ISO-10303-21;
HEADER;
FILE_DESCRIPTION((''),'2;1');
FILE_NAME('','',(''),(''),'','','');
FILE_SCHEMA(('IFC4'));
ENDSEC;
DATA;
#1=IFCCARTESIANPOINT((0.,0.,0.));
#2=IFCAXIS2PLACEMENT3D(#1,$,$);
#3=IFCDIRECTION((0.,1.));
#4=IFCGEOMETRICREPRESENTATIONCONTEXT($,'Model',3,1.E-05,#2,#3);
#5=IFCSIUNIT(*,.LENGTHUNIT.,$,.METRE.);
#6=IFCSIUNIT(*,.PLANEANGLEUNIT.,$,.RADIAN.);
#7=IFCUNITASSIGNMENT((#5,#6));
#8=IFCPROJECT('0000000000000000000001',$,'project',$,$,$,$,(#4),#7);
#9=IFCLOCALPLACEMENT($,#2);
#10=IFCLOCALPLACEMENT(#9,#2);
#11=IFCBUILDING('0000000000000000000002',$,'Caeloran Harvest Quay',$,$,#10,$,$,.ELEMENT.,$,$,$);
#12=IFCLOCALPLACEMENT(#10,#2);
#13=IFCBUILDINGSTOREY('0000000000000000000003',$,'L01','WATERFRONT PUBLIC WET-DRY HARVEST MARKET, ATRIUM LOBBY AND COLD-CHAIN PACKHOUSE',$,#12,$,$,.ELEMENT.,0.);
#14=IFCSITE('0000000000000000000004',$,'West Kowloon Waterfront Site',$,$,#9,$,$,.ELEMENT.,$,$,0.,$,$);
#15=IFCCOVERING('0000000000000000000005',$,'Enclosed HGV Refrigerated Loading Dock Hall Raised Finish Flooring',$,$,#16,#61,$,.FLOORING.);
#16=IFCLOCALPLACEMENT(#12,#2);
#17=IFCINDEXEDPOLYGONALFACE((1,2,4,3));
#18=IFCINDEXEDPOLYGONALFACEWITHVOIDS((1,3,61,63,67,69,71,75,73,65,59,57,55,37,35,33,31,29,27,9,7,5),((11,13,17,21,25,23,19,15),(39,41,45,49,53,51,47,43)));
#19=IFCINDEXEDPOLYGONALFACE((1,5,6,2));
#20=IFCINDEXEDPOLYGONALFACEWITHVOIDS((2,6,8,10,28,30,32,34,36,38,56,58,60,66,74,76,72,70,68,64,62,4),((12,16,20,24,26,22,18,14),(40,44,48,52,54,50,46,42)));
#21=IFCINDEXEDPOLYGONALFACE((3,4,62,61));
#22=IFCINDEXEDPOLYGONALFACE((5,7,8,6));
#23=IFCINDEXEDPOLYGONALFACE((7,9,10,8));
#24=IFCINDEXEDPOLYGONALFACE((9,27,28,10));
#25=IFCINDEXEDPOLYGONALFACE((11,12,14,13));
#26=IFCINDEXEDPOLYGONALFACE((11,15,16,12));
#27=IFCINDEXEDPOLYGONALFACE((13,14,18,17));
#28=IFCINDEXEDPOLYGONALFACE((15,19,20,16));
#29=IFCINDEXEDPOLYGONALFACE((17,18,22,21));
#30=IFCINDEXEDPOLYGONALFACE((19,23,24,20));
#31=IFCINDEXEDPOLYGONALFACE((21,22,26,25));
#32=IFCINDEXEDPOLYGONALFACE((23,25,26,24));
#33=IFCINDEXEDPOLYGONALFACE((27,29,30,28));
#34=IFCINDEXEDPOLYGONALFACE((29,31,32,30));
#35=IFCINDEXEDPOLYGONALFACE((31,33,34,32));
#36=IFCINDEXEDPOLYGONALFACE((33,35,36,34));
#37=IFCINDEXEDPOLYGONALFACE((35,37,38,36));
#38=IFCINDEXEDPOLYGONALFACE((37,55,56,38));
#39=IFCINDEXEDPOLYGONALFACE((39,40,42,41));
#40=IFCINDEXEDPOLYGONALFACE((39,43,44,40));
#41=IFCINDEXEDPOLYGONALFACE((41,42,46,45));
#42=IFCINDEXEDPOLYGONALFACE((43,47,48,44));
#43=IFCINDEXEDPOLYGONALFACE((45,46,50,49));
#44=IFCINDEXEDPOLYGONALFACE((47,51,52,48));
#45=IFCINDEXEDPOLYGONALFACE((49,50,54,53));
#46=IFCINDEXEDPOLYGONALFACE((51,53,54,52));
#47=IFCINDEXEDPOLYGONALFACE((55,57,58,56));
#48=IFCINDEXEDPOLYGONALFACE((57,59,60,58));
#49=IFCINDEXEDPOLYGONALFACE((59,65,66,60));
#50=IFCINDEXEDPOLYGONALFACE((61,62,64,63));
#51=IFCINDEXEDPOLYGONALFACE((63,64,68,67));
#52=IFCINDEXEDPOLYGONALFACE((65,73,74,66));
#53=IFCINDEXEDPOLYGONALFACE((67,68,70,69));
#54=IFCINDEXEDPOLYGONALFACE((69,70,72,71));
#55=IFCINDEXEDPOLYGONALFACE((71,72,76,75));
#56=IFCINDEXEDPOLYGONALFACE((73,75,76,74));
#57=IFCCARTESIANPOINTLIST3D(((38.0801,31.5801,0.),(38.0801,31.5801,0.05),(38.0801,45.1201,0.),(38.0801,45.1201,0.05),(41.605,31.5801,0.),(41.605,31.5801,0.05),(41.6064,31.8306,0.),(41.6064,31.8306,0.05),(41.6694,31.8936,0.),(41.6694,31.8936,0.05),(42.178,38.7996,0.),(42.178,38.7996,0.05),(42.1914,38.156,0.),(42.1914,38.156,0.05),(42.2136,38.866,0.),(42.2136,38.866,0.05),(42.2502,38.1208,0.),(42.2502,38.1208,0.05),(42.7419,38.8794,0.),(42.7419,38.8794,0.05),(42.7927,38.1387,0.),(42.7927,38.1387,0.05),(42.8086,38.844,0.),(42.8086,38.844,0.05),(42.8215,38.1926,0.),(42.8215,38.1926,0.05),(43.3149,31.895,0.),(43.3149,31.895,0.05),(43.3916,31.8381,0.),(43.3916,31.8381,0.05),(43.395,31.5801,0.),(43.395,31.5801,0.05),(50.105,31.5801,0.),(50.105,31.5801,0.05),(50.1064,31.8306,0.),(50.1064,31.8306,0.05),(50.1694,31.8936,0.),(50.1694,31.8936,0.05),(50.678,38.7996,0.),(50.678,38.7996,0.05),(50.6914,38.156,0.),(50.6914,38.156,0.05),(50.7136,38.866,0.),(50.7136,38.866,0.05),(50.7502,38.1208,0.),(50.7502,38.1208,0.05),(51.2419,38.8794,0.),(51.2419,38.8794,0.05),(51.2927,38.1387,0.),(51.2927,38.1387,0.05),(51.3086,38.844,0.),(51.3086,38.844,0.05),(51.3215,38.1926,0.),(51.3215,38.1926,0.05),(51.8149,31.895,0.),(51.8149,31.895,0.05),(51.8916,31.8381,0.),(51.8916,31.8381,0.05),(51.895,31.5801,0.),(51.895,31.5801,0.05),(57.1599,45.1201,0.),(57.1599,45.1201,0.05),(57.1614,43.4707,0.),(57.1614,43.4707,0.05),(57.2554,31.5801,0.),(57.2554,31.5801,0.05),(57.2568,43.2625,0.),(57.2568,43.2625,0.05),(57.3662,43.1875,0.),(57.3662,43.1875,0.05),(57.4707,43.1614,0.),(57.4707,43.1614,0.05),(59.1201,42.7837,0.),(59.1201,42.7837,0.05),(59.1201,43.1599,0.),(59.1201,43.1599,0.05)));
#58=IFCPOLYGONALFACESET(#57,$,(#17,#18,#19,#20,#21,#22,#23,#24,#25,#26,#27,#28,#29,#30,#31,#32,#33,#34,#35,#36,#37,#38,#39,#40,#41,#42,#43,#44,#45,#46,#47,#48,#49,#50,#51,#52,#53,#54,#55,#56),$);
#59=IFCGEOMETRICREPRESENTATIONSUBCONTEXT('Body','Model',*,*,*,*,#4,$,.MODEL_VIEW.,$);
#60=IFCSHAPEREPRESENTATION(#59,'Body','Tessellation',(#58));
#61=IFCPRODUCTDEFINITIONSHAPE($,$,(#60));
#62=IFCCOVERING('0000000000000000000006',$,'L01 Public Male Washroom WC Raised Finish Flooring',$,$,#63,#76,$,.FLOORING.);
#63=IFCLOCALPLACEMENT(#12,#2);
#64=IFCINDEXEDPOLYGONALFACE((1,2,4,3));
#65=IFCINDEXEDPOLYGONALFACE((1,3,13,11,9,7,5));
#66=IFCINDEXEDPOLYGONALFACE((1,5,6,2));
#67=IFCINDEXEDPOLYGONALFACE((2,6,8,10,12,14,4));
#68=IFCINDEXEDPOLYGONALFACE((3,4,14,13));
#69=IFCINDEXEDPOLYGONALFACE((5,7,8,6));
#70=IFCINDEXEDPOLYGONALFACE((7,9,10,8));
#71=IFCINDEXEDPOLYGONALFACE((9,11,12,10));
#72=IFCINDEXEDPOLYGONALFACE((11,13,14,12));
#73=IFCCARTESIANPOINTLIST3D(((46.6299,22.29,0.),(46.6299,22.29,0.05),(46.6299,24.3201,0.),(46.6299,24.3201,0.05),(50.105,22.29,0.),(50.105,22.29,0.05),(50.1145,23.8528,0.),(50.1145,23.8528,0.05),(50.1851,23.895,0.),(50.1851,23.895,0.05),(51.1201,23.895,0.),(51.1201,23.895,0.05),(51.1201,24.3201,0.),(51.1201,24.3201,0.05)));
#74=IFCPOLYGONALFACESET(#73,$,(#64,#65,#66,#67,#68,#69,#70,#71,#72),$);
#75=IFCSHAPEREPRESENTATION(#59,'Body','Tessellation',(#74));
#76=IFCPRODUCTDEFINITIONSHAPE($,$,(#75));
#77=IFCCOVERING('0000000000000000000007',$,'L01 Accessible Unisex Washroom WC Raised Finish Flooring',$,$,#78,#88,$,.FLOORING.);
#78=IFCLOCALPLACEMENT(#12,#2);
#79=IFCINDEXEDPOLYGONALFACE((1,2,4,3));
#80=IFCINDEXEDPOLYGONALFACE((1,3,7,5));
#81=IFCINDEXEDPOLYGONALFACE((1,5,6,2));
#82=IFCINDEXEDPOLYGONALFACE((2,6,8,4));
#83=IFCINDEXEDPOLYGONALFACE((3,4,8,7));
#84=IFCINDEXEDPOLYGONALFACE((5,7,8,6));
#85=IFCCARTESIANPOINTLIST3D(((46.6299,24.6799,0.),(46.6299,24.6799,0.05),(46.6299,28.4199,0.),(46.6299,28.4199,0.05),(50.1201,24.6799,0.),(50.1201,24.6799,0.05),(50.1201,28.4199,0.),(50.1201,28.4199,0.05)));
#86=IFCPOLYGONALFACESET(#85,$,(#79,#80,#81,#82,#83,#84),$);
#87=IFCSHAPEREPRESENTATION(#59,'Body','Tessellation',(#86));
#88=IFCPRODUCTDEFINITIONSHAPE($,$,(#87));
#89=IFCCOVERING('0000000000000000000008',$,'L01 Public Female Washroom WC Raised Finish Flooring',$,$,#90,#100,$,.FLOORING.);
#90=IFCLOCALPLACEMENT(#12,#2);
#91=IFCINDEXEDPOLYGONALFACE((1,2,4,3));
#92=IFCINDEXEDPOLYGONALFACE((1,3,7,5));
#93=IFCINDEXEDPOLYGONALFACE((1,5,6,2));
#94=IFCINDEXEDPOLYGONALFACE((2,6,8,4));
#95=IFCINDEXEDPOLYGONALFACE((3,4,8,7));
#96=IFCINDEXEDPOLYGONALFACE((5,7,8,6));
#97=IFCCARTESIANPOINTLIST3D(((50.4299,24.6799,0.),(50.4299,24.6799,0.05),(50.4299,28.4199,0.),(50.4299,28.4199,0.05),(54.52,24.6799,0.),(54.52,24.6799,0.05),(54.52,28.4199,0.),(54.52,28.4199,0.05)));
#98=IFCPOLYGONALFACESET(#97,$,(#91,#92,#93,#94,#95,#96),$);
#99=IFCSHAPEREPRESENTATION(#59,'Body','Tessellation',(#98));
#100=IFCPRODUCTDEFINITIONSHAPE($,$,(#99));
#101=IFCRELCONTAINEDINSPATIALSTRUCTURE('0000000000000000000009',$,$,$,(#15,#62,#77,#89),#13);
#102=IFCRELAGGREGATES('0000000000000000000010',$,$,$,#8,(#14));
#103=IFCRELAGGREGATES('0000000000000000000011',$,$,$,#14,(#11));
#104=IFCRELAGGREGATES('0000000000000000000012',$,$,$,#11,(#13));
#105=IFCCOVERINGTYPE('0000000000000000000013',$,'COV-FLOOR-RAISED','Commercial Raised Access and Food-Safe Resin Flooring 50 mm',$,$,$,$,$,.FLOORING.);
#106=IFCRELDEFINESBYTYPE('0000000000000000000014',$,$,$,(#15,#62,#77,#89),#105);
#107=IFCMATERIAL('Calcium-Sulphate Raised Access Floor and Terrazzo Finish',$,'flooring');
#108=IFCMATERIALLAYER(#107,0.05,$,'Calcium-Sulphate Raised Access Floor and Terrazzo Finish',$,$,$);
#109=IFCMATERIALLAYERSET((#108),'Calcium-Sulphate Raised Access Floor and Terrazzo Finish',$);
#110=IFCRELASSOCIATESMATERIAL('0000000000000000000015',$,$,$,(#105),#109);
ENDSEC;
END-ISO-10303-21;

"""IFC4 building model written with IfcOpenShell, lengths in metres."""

from ifc_helpers import new_model, si_unit, direction, origin, place, context, subcontext, project, spatial, polyline, outline, extrude, material, layer, layer_set, type_object, element, save


model = new_model("IFC4")

# Units and contexts
model_context = context("Model", 3, precision=1e-05, world=origin(), true_north=direction((0.0, 1.0)))
body_context = subcontext(model_context, "Body", "Model", "MODEL_VIEW")
ifc_project = project(units=[si_unit("LENGTHUNIT", "METRE"), si_unit("PLANEANGLEUNIT", "RADIAN")], contexts=[model_context])

# Site, building, storey
site_placement = place(None, origin())
site = spatial("IfcSite", under=ifc_project, at=site_placement, Name="West Kowloon Waterfront Site", CompositionType="ELEMENT", RefElevation=0.0)
building_placement = place(site_placement, origin())
building = spatial("IfcBuilding", under=site, at=building_placement, Name="Caeloran Harvest Quay", CompositionType="ELEMENT")
storey_placement = place(building_placement, origin())
storey = spatial("IfcBuildingStorey", under=building, at=storey_placement, Name="L01", Description="WATERFRONT PUBLIC WET-DRY HARVEST MARKET, ATRIUM LOBBY AND COLD-CHAIN PACKHOUSE", CompositionType="ELEMENT", Elevation=0.0)

# Coverings
ifc_material_1 = material(Name="Calcium-Sulphate Raised Access Floor and Terrazzo Finish", Category="flooring")
ifc_layer_1 = layer(ifc_material_1, 0.05, Name="Calcium-Sulphate Raised Access Floor and Terrazzo Finish")
ifc_layer_set_1 = layer_set([ifc_layer_1], Name="Calcium-Sulphate Raised Access Floor and Terrazzo Finish")
covering_type_1 = type_object("IfcCoveringType", Name="COV-FLOOR-RAISED", Description="Commercial Raised Access and Food-Safe Resin Flooring 50 mm", PredefinedType="FLOORING", material=ifc_layer_set_1)
covering_1_placement = place(storey_placement, origin())
element("IfcCovering", 1, at=covering_1_placement, inside=storey, type_object=covering_type_1, Name="Enclosed HGV Refrigerated Loading Dock Hall Raised Finish Flooring", PredefinedType="FLOORING", context=body_context, shape_type="SweptSolid", body=[
    extrude(outline(polyline([(51.895, 31.5801), (51.8916, 31.8381), (51.8149, 31.895), (50.1694, 31.8936), (50.1064, 31.8306), (50.105, 31.5801), (43.395, 31.5801), (43.3916, 31.8381), (43.3149, 31.895), (41.6694, 31.8936), (41.6064, 31.8306), (41.605, 31.5801), (38.0801, 31.5801), (38.0801, 45.1201), (57.1599, 45.1201), (57.1614, 43.4707), (57.2568, 43.2625), (57.3662, 43.1875), (57.4707, 43.1614), (59.1201, 43.1599), (59.1201, 42.7837), (57.2554, 31.5801), (51.895, 31.5801)]), holes=[polyline([(50.7502, 38.1208), (51.2927, 38.1387), (51.3215, 38.1926), (51.3086, 38.844), (51.2419, 38.8794), (50.7136, 38.866), (50.678, 38.7996), (50.6914, 38.156), (50.7502, 38.1208)]), polyline([(42.2502, 38.1208), (42.7927, 38.1387), (42.8215, 38.1926), (42.8086, 38.844), (42.7419, 38.8794), (42.2136, 38.866), (42.178, 38.7996), (42.1914, 38.156), (42.2502, 38.1208)])]), origin(), (0.0, 0.0, 1.0), 0.05),
])
covering_2_placement = place(storey_placement, origin())
element("IfcCovering", 2, at=covering_2_placement, inside=storey, type_object=covering_type_1, Name="L01 Public Male Washroom WC Raised Finish Flooring", PredefinedType="FLOORING", context=body_context, shape_type="SweptSolid", body=[
    extrude(outline(polyline([(51.1201, 24.3201), (51.1201, 23.895), (50.1851, 23.895), (50.1145, 23.8528), (50.105, 22.29), (46.6299, 22.29), (46.6299, 24.3201), (51.1201, 24.3201)])), origin(), (0.0, 0.0, 1.0), 0.05),
])
covering_3_placement = place(storey_placement, origin())
element("IfcCovering", 3, at=covering_3_placement, inside=storey, type_object=covering_type_1, Name="L01 Accessible Unisex Washroom WC Raised Finish Flooring", PredefinedType="FLOORING", context=body_context, shape_type="SweptSolid", body=[
    extrude(outline(polyline([(50.1201, 28.4199), (50.1201, 24.6799), (46.6299, 24.6799), (46.6299, 28.4199), (50.1201, 28.4199)])), origin(), (0.0, 0.0, 1.0), 0.05),
])
covering_4_placement = place(storey_placement, origin())
element("IfcCovering", 4, at=covering_4_placement, inside=storey, type_object=covering_type_1, Name="L01 Public Female Washroom WC Raised Finish Flooring", PredefinedType="FLOORING", context=body_context, shape_type="SweptSolid", body=[
    extrude(outline(polyline([(54.52, 28.4199), (54.52, 24.6799), (50.4299, 24.6799), (50.4299, 28.4199), (54.52, 28.4199)])), origin(), (0.0, 0.0, 1.0), 0.05),
])

save(model, "model.ifc")
